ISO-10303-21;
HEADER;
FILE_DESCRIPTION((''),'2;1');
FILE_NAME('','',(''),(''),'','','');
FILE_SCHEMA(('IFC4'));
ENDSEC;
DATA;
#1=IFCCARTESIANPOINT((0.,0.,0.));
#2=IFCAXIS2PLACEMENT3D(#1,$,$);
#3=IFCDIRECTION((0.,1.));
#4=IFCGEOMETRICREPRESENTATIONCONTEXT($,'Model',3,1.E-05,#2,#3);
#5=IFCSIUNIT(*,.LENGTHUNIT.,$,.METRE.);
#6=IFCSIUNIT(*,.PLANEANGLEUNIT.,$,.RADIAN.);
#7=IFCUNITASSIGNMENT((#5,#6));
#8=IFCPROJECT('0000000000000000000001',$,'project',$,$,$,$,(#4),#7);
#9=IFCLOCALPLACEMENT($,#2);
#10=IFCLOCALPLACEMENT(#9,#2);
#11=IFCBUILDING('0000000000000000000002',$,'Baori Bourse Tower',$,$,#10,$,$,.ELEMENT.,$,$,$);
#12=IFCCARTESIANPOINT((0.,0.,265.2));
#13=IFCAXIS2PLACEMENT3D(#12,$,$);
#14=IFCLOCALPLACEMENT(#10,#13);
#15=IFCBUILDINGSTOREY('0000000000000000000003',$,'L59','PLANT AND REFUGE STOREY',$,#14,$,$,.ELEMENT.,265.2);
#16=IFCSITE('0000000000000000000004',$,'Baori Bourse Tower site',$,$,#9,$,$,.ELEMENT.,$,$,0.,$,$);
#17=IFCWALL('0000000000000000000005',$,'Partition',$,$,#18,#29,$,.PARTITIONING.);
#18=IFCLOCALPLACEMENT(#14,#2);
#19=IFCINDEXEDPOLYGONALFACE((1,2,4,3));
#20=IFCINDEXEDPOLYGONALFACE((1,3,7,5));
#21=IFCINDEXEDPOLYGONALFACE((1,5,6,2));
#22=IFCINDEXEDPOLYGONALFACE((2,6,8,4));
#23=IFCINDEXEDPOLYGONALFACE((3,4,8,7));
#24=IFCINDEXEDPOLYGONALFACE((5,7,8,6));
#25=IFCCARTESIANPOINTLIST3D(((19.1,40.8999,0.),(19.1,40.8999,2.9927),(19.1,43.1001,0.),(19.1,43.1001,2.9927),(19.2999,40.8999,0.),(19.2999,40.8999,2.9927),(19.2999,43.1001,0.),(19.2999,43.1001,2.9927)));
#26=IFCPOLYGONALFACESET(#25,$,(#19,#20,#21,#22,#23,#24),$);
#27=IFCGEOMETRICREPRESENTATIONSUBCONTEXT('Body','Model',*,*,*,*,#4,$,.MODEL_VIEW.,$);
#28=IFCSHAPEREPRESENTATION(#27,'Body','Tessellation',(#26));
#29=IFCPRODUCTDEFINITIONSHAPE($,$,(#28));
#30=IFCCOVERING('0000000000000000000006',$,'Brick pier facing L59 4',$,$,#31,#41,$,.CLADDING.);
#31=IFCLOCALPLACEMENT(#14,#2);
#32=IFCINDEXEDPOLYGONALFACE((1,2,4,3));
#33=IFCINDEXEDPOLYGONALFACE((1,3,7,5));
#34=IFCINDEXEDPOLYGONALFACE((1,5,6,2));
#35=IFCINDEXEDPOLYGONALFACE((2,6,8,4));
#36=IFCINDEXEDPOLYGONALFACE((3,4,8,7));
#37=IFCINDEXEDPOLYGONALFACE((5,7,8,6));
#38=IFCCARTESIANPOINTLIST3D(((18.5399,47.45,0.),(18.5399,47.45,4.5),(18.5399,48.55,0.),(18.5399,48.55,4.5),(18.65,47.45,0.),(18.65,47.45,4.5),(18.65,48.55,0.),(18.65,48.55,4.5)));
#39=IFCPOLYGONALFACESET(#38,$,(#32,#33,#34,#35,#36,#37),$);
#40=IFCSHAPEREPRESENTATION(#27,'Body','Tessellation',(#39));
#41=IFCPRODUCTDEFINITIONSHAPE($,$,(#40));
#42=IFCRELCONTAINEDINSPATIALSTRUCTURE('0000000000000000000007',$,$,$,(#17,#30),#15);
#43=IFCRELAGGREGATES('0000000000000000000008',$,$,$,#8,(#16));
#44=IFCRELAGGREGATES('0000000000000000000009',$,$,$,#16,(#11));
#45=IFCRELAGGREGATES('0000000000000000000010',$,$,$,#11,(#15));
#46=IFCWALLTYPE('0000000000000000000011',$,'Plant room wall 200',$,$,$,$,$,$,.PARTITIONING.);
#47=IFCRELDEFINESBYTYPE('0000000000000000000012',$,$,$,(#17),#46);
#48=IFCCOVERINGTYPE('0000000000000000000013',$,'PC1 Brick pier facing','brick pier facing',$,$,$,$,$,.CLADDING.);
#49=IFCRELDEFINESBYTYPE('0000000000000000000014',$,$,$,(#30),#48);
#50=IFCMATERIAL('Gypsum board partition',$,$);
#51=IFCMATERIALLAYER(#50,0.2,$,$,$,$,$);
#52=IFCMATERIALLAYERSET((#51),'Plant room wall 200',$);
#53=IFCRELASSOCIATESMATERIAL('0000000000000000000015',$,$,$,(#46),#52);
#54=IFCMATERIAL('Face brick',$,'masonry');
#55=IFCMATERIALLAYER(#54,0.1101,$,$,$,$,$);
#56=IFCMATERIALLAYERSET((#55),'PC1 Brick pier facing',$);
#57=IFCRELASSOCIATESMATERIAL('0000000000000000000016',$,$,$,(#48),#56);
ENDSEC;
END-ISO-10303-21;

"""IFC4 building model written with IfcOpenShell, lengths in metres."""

from ifc_helpers import new_model, si_unit, direction, frame, frame_2d, origin, origin_2d, place, context, subcontext, project, spatial, rectangle, extrude, material, layer, layer_set, type_object, element, save


model = new_model("IFC4")

# Units and contexts
model_context = context("Model", 3, precision=1e-05, world=origin(), true_north=direction((0.0, 1.0)))
body_context = subcontext(model_context, "Body", "Model", "MODEL_VIEW")
ifc_project = project(units=[si_unit("LENGTHUNIT", "METRE"), si_unit("PLANEANGLEUNIT", "RADIAN")], contexts=[model_context])

# Site, building, storey
site_placement = place(None, origin())
site = spatial("IfcSite", under=ifc_project, at=site_placement, Name="Baori Bourse Tower site", CompositionType="ELEMENT", RefElevation=0.0)
building_placement = place(site_placement, origin())
building = spatial("IfcBuilding", under=site, at=building_placement, Name="Baori Bourse Tower", CompositionType="ELEMENT")
storey_placement = place(building_placement, frame((0.0, 0.0, 265.2)))
storey = spatial("IfcBuildingStorey", under=building, at=storey_placement, Name="L59", Description="PLANT AND REFUGE STOREY", CompositionType="ELEMENT", Elevation=265.2)

# Shared definitions
ifc_material_1 = material(Name="Gypsum board partition")
ifc_layer_1 = layer(ifc_material_1, 0.2)
ifc_layer_set_1 = layer_set([ifc_layer_1], Name="Plant room wall 200")
wall_type_1 = type_object("IfcWallType", Name="Plant room wall 200", PredefinedType="PARTITIONING", material=ifc_layer_set_1)

# Wall
wall_1_placement = place(storey_placement, frame((19.2, 40.8999, 0.0), z_axis=(0.0, 0.0, 1.0), x_axis=(0.0, 1.0, 0.0)))
element("IfcWall", 1, at=wall_1_placement, inside=storey, type_object=wall_type_1, Name="Partition", PredefinedType="PARTITIONING", context=body_context, shape_type="SweptSolid", body=[
    extrude(rectangle(XDim=2.2002, YDim=0.2, at=frame_2d((1.1001, 0.0))), origin(), (0.0, 0.0, 1.0), 2.9927),
])

# Covering
ifc_material_2 = material(Name="Face brick", Category="masonry")
ifc_layer_2 = layer(ifc_material_2, 0.1101)
ifc_layer_set_2 = layer_set([ifc_layer_2], Name="PC1 Brick pier facing")
covering_type = type_object("IfcCoveringType", Name="PC1 Brick pier facing", Description="brick pier facing", PredefinedType="CLADDING", material=ifc_layer_set_2)
covering_placement = place(storey_placement, frame((18.595, 48.0, 0.0), z_axis=(0.0, 0.0, 1.0), x_axis=(1.0, 0.0, 0.0)))
element("IfcCovering", 2, at=covering_placement, inside=storey, type_object=covering_type, Name="Brick pier facing L59 4", PredefinedType="CLADDING", context=body_context, shape_type="SweptSolid", body=[
    extrude(rectangle(XDim=0.1101, YDim=1.1001, at=origin_2d()), origin(), (0.0, 0.0, 1.0), 4.5),
])

save(model, "model.ifc")
